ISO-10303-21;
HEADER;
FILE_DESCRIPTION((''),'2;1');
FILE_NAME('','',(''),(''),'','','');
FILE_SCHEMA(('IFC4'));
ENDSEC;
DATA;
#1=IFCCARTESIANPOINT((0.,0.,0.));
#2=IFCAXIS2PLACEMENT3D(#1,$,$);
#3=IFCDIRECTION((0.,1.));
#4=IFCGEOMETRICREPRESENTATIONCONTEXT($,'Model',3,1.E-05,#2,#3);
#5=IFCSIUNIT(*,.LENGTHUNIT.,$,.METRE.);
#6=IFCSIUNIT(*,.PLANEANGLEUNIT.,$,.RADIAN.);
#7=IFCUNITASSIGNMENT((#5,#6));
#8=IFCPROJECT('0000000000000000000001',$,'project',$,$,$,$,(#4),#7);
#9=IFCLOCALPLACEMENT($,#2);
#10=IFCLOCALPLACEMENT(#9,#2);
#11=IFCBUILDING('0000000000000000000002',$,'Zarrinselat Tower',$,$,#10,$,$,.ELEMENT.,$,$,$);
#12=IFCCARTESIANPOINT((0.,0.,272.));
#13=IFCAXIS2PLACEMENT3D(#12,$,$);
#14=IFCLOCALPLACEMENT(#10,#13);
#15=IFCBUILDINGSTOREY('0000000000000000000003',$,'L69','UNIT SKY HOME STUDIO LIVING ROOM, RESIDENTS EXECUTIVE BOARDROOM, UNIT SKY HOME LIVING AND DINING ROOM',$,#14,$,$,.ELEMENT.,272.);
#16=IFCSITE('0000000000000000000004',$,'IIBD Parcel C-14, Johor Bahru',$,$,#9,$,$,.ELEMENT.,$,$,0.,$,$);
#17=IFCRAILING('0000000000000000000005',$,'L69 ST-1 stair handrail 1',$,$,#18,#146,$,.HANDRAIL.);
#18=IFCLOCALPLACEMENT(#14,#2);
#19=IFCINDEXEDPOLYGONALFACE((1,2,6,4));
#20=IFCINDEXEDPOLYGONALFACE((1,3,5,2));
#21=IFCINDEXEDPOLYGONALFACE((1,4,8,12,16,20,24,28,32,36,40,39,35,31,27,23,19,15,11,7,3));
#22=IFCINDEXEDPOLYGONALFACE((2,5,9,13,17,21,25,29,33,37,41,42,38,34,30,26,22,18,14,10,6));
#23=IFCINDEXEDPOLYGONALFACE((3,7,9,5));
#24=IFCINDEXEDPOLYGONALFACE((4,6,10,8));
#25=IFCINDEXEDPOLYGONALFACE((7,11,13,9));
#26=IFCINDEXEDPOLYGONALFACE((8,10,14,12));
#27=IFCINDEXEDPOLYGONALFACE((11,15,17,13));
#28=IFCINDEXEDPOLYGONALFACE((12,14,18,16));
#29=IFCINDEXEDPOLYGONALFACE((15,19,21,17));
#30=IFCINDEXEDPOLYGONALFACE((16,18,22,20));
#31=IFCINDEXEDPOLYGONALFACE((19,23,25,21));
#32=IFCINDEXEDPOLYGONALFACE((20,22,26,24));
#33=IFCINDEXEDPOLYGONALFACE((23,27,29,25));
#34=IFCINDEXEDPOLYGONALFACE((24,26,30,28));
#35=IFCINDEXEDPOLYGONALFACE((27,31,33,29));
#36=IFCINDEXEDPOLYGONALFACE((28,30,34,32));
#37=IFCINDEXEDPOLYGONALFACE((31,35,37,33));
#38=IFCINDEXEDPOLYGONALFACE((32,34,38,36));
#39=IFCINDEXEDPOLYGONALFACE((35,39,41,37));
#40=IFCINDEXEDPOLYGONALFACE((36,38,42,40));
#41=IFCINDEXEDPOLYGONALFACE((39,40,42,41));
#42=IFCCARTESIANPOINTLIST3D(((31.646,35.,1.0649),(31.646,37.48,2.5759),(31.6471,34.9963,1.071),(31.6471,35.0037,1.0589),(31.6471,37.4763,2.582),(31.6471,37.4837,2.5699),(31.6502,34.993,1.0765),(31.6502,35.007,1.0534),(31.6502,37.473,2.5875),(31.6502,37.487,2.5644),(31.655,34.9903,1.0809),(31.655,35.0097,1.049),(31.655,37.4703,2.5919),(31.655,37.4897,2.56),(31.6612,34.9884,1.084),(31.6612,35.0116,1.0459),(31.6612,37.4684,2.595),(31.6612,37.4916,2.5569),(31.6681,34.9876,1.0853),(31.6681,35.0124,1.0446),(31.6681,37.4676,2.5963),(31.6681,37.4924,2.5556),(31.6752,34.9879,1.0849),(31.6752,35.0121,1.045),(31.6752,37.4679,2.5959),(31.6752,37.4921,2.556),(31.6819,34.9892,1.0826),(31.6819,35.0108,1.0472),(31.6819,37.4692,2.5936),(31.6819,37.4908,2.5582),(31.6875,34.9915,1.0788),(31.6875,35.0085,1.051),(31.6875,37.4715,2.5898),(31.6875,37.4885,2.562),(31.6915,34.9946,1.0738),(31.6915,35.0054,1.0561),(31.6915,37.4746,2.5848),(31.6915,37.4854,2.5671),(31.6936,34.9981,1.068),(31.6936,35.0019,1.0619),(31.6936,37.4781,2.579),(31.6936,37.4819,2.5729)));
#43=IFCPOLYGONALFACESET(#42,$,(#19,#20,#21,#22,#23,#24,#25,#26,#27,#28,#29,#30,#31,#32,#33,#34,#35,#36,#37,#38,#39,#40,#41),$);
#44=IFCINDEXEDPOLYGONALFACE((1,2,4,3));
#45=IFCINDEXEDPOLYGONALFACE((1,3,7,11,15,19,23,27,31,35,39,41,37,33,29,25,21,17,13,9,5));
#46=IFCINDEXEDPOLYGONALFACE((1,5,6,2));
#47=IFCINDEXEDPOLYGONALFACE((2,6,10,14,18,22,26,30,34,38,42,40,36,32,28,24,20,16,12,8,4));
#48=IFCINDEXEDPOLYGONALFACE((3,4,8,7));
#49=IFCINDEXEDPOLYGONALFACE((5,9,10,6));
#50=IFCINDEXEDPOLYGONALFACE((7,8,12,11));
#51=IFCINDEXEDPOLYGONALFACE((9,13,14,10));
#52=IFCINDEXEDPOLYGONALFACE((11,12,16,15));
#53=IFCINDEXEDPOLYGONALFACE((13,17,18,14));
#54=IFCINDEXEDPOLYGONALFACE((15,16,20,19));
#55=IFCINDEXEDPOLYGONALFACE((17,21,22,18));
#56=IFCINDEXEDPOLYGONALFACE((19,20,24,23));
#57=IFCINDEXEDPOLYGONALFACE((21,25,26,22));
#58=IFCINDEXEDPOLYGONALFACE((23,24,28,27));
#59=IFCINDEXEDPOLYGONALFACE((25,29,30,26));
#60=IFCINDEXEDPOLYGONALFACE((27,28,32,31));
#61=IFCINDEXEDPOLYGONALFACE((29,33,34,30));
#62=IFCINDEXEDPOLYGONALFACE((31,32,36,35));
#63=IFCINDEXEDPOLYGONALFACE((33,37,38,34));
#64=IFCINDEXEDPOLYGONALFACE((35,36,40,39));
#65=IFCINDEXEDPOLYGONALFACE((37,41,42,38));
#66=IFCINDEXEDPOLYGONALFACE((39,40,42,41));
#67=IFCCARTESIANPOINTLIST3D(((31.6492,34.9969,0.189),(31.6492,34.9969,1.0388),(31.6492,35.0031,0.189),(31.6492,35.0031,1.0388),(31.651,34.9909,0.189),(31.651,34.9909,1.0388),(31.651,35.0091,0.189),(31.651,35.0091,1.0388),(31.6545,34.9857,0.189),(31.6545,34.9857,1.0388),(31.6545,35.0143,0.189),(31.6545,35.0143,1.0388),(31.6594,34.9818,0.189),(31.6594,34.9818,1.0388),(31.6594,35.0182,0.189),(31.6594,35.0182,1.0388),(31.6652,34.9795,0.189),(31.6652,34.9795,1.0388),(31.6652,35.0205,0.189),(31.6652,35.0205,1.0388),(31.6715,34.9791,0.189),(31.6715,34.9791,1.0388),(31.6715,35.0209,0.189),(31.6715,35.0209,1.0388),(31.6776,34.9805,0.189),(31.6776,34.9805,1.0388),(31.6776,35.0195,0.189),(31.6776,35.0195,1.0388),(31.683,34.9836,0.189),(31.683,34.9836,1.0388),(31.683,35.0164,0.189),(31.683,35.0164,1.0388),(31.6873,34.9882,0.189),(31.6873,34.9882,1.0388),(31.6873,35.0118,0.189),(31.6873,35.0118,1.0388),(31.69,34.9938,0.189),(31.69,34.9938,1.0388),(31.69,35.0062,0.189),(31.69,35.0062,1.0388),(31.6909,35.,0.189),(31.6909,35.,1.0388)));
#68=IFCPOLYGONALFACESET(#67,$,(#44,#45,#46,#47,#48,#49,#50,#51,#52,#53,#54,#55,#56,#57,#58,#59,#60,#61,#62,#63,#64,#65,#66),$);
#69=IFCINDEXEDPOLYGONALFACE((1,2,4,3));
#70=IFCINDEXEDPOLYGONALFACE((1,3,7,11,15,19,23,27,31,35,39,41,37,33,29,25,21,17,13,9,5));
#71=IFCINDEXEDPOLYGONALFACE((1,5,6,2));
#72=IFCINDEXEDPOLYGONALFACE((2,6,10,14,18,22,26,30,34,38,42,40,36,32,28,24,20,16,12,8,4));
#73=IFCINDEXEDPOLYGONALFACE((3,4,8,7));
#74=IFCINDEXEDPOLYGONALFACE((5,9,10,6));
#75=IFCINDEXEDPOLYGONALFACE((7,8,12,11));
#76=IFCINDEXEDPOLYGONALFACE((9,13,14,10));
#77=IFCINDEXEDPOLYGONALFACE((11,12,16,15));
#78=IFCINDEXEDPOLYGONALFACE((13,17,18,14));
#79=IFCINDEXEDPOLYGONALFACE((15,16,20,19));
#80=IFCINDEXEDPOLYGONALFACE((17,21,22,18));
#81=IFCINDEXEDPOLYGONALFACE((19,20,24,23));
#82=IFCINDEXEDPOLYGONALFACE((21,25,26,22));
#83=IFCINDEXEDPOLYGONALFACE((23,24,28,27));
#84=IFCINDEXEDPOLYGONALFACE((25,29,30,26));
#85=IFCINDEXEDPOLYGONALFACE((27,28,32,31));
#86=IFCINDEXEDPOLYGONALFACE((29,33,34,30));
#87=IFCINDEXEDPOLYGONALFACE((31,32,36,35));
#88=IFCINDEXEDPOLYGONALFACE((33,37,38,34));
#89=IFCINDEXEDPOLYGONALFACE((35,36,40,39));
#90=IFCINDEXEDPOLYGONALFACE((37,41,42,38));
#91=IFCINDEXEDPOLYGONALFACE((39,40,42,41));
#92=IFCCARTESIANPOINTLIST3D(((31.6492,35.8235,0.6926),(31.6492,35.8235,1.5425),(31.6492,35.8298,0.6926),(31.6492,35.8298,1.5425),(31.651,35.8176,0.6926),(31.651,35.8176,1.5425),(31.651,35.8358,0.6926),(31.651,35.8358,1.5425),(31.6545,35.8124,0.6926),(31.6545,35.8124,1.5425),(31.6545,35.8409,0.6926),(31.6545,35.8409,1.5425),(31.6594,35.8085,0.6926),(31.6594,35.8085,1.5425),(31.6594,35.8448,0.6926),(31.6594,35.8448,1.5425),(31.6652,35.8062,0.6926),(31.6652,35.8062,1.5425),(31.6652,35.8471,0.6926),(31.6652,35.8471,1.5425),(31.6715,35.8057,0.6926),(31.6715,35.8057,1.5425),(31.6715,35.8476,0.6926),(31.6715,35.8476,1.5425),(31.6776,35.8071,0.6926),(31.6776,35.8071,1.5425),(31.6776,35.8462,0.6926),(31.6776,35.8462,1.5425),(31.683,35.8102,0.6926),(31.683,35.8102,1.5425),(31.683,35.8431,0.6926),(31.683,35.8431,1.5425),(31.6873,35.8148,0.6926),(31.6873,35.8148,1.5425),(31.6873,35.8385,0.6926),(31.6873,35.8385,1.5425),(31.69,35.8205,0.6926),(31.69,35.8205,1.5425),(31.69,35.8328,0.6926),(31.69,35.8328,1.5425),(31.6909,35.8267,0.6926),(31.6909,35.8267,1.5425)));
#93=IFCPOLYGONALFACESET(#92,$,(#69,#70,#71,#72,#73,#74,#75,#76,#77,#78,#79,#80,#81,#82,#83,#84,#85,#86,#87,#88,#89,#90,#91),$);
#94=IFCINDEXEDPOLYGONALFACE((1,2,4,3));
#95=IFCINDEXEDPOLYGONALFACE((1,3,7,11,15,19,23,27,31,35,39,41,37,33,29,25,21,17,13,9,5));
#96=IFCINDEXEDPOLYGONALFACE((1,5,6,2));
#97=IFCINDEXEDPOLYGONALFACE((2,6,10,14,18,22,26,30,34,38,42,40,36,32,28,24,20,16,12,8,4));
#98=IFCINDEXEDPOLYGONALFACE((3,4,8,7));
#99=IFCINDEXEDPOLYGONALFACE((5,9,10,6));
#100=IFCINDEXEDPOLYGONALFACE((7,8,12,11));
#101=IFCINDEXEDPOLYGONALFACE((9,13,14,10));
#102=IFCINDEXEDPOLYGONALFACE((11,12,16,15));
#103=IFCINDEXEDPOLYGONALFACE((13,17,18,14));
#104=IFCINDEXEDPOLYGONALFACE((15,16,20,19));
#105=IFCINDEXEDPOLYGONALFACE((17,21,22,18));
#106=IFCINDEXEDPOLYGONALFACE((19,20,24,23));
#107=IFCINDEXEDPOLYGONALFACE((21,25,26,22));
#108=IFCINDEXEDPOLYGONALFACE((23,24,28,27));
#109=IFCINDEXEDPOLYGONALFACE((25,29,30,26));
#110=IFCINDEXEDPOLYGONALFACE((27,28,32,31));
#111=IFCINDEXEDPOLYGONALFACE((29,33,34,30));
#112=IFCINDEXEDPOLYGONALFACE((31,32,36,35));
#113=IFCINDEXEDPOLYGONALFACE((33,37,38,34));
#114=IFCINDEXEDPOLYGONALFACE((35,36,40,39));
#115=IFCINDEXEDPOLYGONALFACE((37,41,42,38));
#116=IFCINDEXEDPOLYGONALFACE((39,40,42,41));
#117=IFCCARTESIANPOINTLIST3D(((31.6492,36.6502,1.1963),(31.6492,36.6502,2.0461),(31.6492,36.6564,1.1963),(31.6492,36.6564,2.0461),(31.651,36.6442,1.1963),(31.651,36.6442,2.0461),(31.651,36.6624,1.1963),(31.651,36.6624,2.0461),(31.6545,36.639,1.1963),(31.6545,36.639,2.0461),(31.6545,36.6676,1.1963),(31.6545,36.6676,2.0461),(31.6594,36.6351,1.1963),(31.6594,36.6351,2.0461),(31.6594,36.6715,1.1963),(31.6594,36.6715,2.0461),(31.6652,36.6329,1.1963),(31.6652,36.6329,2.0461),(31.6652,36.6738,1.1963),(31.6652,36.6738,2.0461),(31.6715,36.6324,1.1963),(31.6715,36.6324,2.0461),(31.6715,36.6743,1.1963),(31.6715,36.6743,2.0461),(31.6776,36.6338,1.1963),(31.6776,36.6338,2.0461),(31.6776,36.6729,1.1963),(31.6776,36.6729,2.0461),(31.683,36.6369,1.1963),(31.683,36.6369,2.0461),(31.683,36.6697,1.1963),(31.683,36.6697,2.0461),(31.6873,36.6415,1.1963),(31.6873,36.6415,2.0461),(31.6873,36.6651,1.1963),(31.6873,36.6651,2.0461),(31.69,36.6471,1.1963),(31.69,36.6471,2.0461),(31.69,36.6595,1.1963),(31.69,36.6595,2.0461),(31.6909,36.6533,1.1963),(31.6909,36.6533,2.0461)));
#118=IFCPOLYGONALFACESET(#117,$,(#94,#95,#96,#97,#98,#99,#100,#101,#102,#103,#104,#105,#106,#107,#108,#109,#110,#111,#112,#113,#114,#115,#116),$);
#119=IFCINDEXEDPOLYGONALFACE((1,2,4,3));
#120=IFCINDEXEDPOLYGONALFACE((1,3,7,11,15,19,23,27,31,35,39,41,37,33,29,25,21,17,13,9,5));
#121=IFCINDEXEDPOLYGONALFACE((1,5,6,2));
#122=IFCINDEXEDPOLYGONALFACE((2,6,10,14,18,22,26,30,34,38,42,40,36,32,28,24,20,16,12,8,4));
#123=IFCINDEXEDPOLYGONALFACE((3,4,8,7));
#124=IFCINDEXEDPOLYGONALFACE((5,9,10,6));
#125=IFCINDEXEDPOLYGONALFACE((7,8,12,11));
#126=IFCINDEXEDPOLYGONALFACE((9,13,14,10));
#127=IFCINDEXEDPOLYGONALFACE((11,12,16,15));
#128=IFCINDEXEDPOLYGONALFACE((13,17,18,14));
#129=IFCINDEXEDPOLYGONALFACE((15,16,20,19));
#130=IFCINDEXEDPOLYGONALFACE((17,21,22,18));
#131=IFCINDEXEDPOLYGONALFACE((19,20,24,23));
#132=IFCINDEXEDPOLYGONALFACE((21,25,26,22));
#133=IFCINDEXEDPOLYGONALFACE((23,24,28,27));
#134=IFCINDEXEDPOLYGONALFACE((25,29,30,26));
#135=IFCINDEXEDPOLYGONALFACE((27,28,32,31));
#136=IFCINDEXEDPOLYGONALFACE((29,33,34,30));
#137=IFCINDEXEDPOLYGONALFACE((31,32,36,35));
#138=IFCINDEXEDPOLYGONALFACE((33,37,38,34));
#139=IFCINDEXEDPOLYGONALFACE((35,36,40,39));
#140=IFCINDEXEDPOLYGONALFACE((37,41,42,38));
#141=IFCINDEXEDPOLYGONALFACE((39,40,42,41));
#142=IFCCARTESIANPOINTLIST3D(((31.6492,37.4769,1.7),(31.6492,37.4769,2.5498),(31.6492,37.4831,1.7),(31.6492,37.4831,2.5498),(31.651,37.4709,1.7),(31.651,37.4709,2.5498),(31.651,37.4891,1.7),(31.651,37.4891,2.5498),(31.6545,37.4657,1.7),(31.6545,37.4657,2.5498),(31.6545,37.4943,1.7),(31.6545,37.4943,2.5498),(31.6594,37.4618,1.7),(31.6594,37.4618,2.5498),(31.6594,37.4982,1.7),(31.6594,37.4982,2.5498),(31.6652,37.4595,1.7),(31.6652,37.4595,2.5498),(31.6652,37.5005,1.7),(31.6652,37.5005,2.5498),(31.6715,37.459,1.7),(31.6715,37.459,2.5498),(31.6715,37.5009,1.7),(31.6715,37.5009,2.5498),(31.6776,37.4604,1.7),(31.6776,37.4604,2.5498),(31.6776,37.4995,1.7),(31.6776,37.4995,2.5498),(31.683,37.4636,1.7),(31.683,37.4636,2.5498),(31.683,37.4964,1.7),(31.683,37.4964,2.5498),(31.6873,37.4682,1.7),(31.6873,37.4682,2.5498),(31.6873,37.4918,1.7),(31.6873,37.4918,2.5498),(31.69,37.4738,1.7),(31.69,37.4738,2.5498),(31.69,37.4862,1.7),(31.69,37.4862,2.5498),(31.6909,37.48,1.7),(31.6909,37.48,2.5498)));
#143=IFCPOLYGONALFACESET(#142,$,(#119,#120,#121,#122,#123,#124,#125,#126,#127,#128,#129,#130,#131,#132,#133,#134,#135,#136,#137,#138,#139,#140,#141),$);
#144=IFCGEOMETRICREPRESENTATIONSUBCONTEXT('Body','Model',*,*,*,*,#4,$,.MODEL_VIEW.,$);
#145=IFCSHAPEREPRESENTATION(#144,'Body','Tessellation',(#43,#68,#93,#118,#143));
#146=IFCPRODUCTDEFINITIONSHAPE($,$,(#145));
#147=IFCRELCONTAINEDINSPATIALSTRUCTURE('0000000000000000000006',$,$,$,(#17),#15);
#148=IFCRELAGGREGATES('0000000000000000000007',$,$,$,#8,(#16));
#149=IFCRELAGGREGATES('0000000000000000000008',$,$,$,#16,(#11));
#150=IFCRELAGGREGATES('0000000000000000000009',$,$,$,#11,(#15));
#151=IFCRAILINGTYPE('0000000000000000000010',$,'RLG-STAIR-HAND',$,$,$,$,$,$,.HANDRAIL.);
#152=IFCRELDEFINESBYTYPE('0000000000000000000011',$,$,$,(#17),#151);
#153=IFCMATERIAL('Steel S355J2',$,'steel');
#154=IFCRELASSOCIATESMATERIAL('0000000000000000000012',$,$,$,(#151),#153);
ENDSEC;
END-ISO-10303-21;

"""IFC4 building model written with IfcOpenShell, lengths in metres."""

from ifc_helpers import new_model, si_unit, direction, frame, origin, origin_2d, place, context, subcontext, project, spatial, circle, extrude, material, type_object, element, save


model = new_model("IFC4")

# Units and contexts
model_context = context("Model", 3, precision=1e-05, world=origin(), true_north=direction((0.0, 1.0)))
body_context = subcontext(model_context, "Body", "Model", "MODEL_VIEW")
ifc_project = project(units=[si_unit("LENGTHUNIT", "METRE"), si_unit("PLANEANGLEUNIT", "RADIAN")], contexts=[model_context])

# Site, building, storey
site_placement = place(None, origin())
site = spatial("IfcSite", under=ifc_project, at=site_placement, Name="IIBD Parcel C-14, Johor Bahru", CompositionType="ELEMENT", RefElevation=0.0)
building_placement = place(site_placement, origin())
building = spatial("IfcBuilding", under=site, at=building_placement, Name="Zarrinselat Tower", CompositionType="ELEMENT")
storey_placement = place(building_placement, frame((0.0, 0.0, 272.0)))
storey = spatial("IfcBuildingStorey", under=building, at=storey_placement, Name="L69", Description="UNIT SKY HOME STUDIO LIVING ROOM, RESIDENTS EXECUTIVE BOARDROOM, UNIT SKY HOME LIVING AND DINING ROOM", CompositionType="ELEMENT", Elevation=272.0)

# Railing
ifc_material_1 = material(Name="Steel S355J2", Category="steel")
railing_type_1 = type_object("IfcRailingType", Name="RLG-STAIR-HAND", PredefinedType="HANDRAIL", material=ifc_material_1)
railing_1_placement = place(storey_placement, frame((31.6699, 35.0, 0.189)))
element("IfcRailing", 1, at=railing_1_placement, inside=storey, type_object=railing_type_1, Name="L69 ST-1 stair handrail 1", PredefinedType="HANDRAIL", context=body_context, shape_type="SweptSolid", body=[
    extrude(circle(Radius=0.0239, at=origin_2d()), frame((0.0, 0.0, 0.876), z_axis=(0.0, 0.853979, 0.520307), x_axis=(-1.0, 0.0, 0.0)), (0.0, 0.0, 1.0), 2.9041),
    extrude(circle(Radius=0.021, at=origin_2d()), origin(), (0.0, 0.0, 1.0), 0.8499),
    extrude(circle(Radius=0.021, at=origin_2d()), frame((0.0, 0.8267, 0.5037)), (0.0, 0.0, 1.0), 0.8499),
    extrude(circle(Radius=0.021, at=origin_2d()), frame((0.0, 1.6533, 1.0073)), (0.0, 0.0, 1.0), 0.8499),
    extrude(circle(Radius=0.021, at=origin_2d()), frame((0.0, 2.48, 1.511)), (0.0, 0.0, 1.0), 0.8499),
])

save(model, "model.ifc")
